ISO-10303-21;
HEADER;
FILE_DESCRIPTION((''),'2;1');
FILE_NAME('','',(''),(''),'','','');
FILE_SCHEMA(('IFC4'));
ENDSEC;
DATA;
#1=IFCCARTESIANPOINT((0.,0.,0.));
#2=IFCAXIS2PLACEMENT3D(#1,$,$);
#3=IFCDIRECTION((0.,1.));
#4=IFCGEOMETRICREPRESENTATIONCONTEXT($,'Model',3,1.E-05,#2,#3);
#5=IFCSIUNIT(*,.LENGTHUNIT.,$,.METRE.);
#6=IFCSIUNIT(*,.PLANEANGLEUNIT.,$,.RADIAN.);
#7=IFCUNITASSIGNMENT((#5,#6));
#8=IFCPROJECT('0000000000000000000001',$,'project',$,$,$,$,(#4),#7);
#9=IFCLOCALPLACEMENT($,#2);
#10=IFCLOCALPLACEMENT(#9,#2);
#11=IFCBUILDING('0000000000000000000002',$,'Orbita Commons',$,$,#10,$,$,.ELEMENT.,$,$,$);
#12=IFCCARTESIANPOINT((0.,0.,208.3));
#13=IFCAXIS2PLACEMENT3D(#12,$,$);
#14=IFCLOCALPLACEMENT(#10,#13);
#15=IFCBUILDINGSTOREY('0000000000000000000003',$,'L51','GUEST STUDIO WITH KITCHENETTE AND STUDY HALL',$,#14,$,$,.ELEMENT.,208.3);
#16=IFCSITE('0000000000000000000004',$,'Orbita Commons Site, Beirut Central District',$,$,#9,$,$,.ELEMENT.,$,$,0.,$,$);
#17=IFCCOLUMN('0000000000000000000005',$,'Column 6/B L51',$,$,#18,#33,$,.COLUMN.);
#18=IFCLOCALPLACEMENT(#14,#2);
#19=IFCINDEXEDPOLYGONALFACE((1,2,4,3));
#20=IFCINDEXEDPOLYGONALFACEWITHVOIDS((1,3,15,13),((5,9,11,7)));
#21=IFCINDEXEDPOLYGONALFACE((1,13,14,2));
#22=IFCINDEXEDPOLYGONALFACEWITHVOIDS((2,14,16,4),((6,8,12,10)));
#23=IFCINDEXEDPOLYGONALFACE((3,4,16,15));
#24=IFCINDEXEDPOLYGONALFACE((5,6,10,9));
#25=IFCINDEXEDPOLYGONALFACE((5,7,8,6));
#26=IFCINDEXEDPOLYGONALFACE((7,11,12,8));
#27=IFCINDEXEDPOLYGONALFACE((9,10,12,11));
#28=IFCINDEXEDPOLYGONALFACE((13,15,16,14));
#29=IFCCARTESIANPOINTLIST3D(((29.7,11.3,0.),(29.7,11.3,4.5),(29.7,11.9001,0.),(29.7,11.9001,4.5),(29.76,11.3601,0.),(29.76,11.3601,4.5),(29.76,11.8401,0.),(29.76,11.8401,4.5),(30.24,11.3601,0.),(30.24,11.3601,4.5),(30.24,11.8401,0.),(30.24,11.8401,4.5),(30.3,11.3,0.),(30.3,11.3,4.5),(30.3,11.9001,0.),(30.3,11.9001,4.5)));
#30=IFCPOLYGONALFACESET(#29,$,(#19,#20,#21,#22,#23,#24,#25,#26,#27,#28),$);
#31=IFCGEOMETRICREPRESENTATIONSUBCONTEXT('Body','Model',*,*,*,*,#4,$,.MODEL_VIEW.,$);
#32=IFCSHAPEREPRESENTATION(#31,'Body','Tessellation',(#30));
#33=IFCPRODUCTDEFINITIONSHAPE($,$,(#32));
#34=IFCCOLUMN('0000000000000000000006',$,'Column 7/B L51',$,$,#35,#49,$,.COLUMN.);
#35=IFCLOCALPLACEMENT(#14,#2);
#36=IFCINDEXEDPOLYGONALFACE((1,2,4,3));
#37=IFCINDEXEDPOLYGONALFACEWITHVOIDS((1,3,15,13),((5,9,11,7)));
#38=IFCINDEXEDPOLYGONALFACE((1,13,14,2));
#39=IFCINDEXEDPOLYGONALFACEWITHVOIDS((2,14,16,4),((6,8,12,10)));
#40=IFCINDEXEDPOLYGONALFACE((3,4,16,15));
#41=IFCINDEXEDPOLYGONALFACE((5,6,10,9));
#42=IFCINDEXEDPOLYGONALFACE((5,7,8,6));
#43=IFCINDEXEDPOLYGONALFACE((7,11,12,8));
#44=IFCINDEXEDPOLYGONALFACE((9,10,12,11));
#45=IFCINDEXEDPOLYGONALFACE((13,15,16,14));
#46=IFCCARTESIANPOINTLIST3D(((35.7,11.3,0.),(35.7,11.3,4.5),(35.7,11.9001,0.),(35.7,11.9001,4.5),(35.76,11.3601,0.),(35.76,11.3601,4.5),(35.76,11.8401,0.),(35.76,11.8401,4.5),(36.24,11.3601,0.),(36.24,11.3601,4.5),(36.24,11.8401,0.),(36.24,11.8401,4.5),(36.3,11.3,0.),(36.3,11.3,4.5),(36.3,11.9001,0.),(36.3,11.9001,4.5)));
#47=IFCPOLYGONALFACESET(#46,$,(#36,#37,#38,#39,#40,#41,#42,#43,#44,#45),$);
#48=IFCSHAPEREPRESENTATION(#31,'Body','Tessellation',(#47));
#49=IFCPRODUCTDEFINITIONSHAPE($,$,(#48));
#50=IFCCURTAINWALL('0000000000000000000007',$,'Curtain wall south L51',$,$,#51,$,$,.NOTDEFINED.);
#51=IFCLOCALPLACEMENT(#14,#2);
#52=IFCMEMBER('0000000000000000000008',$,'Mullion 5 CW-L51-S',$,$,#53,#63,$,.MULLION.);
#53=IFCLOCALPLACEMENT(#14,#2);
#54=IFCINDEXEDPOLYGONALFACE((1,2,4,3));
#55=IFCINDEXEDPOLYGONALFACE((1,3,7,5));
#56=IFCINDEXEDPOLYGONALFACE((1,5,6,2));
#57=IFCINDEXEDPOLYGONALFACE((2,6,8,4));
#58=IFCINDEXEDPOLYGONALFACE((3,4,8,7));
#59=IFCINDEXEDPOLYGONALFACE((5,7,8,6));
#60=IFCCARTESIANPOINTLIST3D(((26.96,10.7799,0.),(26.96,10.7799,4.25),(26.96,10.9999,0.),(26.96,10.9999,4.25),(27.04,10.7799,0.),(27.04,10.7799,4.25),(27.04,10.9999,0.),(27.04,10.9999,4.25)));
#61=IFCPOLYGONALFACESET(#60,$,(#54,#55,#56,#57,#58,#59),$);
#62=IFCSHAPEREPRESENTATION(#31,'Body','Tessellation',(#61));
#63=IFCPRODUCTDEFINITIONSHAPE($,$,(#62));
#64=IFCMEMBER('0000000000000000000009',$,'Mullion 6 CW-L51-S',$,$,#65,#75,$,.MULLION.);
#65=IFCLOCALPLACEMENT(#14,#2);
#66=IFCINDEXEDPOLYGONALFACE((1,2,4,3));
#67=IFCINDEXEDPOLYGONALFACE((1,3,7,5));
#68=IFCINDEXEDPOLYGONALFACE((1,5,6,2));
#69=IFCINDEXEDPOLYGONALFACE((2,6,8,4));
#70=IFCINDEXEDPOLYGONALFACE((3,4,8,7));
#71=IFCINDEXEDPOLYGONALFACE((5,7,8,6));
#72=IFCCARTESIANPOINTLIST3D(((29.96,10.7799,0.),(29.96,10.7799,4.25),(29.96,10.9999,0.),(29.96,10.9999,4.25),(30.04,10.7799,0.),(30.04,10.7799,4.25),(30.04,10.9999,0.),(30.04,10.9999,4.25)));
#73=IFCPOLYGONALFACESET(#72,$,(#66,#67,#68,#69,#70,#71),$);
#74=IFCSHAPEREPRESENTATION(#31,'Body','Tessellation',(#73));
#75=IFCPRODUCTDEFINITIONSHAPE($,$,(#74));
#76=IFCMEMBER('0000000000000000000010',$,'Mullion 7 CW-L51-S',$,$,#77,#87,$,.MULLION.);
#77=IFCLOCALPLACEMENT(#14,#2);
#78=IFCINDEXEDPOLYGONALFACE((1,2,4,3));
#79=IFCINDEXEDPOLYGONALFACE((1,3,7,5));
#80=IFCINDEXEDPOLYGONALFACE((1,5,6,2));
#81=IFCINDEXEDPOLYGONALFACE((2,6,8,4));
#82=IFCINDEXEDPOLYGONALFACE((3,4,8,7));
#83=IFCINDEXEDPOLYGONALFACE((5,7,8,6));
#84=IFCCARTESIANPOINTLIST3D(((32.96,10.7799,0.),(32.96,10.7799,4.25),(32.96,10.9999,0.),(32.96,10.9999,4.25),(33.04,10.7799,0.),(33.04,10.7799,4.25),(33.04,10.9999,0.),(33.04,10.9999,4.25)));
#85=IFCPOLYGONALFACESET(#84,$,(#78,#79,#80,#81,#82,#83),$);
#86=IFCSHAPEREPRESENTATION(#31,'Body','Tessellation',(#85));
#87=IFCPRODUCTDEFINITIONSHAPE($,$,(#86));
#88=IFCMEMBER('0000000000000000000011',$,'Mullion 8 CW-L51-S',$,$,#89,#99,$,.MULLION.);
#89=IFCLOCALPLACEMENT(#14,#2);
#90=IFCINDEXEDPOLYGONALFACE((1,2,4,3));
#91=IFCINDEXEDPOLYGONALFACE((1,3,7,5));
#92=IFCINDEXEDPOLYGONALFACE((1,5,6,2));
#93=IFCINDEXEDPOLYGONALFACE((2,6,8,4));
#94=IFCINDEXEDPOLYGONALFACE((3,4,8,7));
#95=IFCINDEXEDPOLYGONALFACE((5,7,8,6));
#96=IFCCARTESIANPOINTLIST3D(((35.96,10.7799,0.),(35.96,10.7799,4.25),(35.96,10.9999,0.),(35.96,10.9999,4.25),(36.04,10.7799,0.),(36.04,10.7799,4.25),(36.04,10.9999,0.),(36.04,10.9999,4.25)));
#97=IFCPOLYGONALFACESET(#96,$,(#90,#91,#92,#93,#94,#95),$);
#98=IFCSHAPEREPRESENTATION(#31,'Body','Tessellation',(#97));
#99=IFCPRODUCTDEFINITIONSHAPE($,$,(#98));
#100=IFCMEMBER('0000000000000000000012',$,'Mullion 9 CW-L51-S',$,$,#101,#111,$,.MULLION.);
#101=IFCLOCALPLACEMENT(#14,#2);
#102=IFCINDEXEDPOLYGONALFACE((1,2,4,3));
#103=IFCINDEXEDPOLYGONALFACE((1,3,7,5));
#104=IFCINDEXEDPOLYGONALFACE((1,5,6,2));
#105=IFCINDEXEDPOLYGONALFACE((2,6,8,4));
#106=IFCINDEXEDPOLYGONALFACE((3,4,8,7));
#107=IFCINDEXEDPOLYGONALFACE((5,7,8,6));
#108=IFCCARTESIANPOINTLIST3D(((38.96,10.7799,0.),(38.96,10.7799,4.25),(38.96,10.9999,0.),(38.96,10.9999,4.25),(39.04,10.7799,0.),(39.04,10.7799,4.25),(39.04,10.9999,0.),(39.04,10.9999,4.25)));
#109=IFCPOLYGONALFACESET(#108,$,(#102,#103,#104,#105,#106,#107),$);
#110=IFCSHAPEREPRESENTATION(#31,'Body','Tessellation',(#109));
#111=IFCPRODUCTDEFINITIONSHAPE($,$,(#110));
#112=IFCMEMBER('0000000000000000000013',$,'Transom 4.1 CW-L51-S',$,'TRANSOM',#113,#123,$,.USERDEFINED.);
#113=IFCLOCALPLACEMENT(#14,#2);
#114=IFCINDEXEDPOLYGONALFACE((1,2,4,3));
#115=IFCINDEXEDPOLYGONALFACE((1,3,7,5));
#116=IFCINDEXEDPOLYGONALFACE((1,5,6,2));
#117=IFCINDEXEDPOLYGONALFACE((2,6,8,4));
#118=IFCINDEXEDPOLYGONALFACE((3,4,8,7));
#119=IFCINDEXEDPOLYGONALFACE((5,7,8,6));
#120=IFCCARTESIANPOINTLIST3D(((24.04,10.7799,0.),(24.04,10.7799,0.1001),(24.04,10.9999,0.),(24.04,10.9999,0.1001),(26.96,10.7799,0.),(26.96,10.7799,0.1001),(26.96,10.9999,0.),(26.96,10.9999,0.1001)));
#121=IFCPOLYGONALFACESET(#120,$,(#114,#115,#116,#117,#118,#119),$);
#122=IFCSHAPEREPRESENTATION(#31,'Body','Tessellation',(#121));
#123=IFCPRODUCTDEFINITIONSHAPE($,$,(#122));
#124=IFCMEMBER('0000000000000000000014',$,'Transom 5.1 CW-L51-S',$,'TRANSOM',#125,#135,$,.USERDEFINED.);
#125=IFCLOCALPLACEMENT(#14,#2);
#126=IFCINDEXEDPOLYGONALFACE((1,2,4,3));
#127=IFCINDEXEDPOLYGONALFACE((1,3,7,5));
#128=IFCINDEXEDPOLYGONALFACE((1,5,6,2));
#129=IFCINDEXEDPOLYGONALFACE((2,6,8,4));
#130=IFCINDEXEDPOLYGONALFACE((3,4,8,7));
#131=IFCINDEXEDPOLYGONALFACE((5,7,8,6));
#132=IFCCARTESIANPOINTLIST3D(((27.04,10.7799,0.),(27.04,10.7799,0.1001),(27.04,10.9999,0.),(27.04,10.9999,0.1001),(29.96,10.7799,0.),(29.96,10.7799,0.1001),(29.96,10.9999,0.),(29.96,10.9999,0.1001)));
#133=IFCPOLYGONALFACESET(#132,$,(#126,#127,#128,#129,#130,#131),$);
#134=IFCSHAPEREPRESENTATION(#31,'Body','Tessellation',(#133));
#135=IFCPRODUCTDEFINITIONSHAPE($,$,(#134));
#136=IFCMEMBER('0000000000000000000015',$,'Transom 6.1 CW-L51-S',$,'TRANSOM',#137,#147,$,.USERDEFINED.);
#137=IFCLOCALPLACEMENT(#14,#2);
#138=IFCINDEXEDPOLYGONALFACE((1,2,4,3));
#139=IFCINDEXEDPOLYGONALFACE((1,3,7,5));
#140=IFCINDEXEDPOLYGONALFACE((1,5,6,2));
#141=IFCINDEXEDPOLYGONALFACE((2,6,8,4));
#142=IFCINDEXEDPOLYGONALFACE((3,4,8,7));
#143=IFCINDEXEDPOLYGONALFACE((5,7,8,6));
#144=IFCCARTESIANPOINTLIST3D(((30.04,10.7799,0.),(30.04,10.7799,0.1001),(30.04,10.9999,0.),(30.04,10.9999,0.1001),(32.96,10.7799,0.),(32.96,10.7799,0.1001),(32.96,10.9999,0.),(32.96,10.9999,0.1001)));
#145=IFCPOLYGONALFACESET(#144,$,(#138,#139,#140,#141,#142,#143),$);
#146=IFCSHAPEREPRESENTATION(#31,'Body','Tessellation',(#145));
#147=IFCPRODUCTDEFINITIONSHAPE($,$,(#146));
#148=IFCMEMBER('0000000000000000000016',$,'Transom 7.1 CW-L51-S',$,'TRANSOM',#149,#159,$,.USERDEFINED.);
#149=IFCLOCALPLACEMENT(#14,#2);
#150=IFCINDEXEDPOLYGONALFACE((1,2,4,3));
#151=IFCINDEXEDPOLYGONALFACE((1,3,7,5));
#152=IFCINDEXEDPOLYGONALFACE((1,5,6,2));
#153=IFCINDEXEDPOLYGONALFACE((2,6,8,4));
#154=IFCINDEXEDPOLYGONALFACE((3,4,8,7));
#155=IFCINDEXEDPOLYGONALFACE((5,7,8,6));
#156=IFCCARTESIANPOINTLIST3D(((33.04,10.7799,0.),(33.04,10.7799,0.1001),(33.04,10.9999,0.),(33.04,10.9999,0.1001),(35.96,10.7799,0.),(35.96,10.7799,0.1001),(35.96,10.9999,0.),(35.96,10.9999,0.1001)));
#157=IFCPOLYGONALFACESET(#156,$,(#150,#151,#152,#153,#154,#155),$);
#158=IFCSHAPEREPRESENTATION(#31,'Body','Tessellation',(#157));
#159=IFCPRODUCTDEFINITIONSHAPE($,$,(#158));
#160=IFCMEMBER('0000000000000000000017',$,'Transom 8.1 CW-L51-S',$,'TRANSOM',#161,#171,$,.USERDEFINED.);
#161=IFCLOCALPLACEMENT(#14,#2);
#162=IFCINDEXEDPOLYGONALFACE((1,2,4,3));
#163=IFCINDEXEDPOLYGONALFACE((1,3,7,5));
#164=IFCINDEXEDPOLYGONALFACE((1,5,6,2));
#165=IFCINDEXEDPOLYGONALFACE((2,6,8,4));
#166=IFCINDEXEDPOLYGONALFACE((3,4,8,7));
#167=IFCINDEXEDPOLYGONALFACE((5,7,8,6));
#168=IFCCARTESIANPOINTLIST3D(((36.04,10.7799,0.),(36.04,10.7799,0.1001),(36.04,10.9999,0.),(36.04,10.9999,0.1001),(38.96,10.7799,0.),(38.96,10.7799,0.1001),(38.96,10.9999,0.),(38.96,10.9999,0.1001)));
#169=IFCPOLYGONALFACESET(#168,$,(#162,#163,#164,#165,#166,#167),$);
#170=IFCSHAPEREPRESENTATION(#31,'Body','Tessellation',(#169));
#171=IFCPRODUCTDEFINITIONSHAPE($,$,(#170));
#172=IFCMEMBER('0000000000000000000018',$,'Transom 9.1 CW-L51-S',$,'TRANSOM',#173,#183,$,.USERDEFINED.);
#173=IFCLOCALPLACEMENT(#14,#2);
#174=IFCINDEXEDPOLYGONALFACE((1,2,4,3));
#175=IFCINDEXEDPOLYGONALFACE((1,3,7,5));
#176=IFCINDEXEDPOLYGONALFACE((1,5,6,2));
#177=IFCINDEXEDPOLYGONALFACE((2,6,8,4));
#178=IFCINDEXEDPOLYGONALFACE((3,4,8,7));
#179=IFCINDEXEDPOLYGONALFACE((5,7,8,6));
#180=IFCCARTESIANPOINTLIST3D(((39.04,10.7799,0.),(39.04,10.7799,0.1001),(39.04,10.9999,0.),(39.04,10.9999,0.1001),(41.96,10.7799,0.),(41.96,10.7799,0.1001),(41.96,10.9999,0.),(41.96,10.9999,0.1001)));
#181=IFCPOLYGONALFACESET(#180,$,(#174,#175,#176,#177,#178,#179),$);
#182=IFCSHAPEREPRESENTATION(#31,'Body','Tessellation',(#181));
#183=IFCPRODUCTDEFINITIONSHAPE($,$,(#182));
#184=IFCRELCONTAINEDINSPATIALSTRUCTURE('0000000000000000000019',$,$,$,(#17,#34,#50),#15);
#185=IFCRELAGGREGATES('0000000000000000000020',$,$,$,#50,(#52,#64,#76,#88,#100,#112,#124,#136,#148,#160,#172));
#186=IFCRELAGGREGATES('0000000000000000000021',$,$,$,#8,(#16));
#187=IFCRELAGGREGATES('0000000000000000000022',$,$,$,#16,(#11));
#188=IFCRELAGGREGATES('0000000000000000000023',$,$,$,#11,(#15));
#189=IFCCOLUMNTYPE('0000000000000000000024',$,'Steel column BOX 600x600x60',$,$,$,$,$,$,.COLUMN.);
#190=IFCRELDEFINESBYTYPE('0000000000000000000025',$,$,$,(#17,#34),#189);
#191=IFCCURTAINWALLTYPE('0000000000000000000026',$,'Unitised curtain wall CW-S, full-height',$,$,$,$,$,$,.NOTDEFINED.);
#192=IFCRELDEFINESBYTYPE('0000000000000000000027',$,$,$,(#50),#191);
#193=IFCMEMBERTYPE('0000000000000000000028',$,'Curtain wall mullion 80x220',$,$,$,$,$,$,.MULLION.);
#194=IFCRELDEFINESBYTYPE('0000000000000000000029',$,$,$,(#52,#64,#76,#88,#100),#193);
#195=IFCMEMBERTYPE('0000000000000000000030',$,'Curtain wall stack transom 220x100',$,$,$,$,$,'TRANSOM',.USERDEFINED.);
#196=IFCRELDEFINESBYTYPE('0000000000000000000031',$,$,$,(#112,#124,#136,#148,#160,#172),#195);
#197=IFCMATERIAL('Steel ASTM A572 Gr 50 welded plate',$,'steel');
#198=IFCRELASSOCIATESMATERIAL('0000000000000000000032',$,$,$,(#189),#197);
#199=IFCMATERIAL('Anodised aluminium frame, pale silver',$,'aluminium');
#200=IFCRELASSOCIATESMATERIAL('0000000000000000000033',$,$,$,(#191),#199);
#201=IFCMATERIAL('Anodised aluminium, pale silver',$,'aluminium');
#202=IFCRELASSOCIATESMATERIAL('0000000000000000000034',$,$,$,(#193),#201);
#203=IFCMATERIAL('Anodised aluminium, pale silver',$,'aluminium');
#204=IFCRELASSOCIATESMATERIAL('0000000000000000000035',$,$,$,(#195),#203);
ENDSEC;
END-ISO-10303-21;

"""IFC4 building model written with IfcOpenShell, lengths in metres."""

from ifc_helpers import new_model, si_unit, direction, frame, origin, origin_2d, place, context, subcontext, project, spatial, rectangle, hollow_rectangle, extrude, material, material_profile, profile_set, type_object, element, aggregate, save


model = new_model("IFC4")

# Units and contexts
model_context = context("Model", 3, precision=1e-05, world=origin(), true_north=direction((0.0, 1.0)))
body_context = subcontext(model_context, "Body", "Model", "MODEL_VIEW")
ifc_project = project(units=[si_unit("LENGTHUNIT", "METRE"), si_unit("PLANEANGLEUNIT", "RADIAN")], contexts=[model_context])

# Site, building, storey
site_placement = place(None, origin())
site = spatial("IfcSite", under=ifc_project, at=site_placement, Name="Orbita Commons Site, Beirut Central District", CompositionType="ELEMENT", RefElevation=0.0)
building_placement = place(site_placement, origin())
building = spatial("IfcBuilding", under=site, at=building_placement, Name="Orbita Commons", CompositionType="ELEMENT")
storey_placement = place(building_placement, frame((0.0, 0.0, 208.3)))
storey = spatial("IfcBuildingStorey", under=building, at=storey_placement, Name="L51", Description="GUEST STUDIO WITH KITCHENETTE AND STUDY HALL", CompositionType="ELEMENT", Elevation=208.3)

# Columns
ifc_material_1 = material(Name="Steel ASTM A572 Gr 50 welded plate", Category="steel")
ifc_material_profile_1 = material_profile(ifc_material_1, hollow_rectangle(XDim=0.6001, YDim=0.6001, WallThickness=0.0601, at=origin_2d()), Name="BOX 600x600x60")
ifc_profile_set_1 = profile_set([ifc_material_profile_1], Name="Steel ASTM A572 Gr 50 welded plate")
column_type = type_object("IfcColumnType", Name="Steel column BOX 600x600x60", PredefinedType="COLUMN", material=ifc_profile_set_1)
for number, where, z_axis, x_axis, name in (
    (1, (30.0, 11.6001, 0.0), (0.0, 0.0, 1.0), (1.0, 0.0, 0.0), "Column 6/B L51"),
    (2, (36.0, 11.6001, 0.0), (0.0, 0.0, 1.0), (1.0, 0.0, 0.0), "Column 7/B L51"),
):
    element("IfcColumn", number, at=place(storey_placement, frame(where, z_axis=z_axis, x_axis=x_axis)), inside=storey, type_object=column_type, Name=name, PredefinedType="COLUMN", context=body_context, shape_type="SweptSolid", body=[
        extrude(hollow_rectangle(XDim=0.6001, YDim=0.6001, WallThickness=0.0601, at=origin_2d()), origin(), (0.0, 0.0, 1.0), 4.5),
    ])

# Curtain wall, members
ifc_material_2 = material(Name="Anodised aluminium frame, pale silver", Category="aluminium")
curtain_wall_type = type_object("IfcCurtainWallType", Name="Unitised curtain wall CW-S, full-height", PredefinedType="NOTDEFINED", material=ifc_material_2)
curtain_wall_placement = place(storey_placement, origin())
curtain_wall = element("IfcCurtainWall", 3, at=curtain_wall_placement, inside=storey, type_object=curtain_wall_type, Name="Curtain wall south L51", PredefinedType="NOTDEFINED")
ifc_material_3 = material(Name="Anodised aluminium, pale silver", Category="aluminium")
ifc_material_profile_2 = material_profile(ifc_material_3, rectangle(XDim=0.0801, YDim=0.22, at=origin_2d()), Name="AL 80x220")
ifc_profile_set_2 = profile_set([ifc_material_profile_2], Name="Anodised aluminium, pale silver")
member_type_1 = type_object("IfcMemberType", Name="Curtain wall mullion 80x220", PredefinedType="MULLION", material=ifc_profile_set_2)
member_1_placement = place(storey_placement, frame((27.0, 10.8899, 0.0), z_axis=(0.0, 0.0, 1.0), x_axis=(1.0, 0.0, 0.0)))
member_1 = element("IfcMember", 4, at=member_1_placement, type_object=member_type_1, Name="Mullion 5 CW-L51-S", PredefinedType="MULLION", context=body_context, shape_type="SweptSolid", body=[
    extrude(rectangle(XDim=0.0801, YDim=0.22, at=origin_2d()), origin(), (0.0, 0.0, 1.0), 4.25),
])
member_2_placement = place(storey_placement, frame((30.0, 10.8899, 0.0), z_axis=(0.0, 0.0, 1.0), x_axis=(1.0, 0.0, 0.0)))
member_2 = element("IfcMember", 5, at=member_2_placement, type_object=member_type_1, Name="Mullion 6 CW-L51-S", PredefinedType="MULLION", context=body_context, shape_type="SweptSolid", body=[
    extrude(rectangle(XDim=0.0801, YDim=0.22, at=origin_2d()), origin(), (0.0, 0.0, 1.0), 4.25),
])
member_3_placement = place(storey_placement, frame((33.0, 10.8899, 0.0), z_axis=(0.0, 0.0, 1.0), x_axis=(1.0, 0.0, 0.0)))
member_3 = element("IfcMember", 6, at=member_3_placement, type_object=member_type_1, Name="Mullion 7 CW-L51-S", PredefinedType="MULLION", context=body_context, shape_type="SweptSolid", body=[
    extrude(rectangle(XDim=0.0801, YDim=0.22, at=origin_2d()), origin(), (0.0, 0.0, 1.0), 4.25),
])
member_4_placement = place(storey_placement, frame((36.0, 10.8899, 0.0), z_axis=(0.0, 0.0, 1.0), x_axis=(1.0, 0.0, 0.0)))
member_4 = element("IfcMember", 7, at=member_4_placement, type_object=member_type_1, Name="Mullion 8 CW-L51-S", PredefinedType="MULLION", context=body_context, shape_type="SweptSolid", body=[
    extrude(rectangle(XDim=0.0801, YDim=0.22, at=origin_2d()), origin(), (0.0, 0.0, 1.0), 4.25),
])
member_5_placement = place(storey_placement, frame((39.0, 10.8899, 0.0), z_axis=(0.0, 0.0, 1.0), x_axis=(1.0, 0.0, 0.0)))
member_5 = element("IfcMember", 8, at=member_5_placement, type_object=member_type_1, Name="Mullion 9 CW-L51-S", PredefinedType="MULLION", context=body_context, shape_type="SweptSolid", body=[
    extrude(rectangle(XDim=0.0801, YDim=0.22, at=origin_2d()), origin(), (0.0, 0.0, 1.0), 4.25),
])
ifc_material_4 = material(Name="Anodised aluminium, pale silver", Category="aluminium")
ifc_material_profile_3 = material_profile(ifc_material_4, rectangle(XDim=0.22, YDim=0.1001, at=origin_2d()), Name="AL 220x100")
ifc_profile_set_3 = profile_set([ifc_material_profile_3], Name="Anodised aluminium, pale silver")
member_type_2 = type_object("IfcMemberType", Name="Curtain wall stack transom 220x100", ElementType="TRANSOM", PredefinedType="USERDEFINED", material=ifc_profile_set_3)
member_6_placement = place(storey_placement, frame((24.04, 10.8899, 0.05), z_axis=(1.0, 0.0, 0.0), x_axis=(0.0, 1.0, 0.0)))
member_6 = element("IfcMember", 9, at=member_6_placement, type_object=member_type_2, Name="Transom 4.1 CW-L51-S", ObjectType="TRANSOM", PredefinedType="USERDEFINED", context=body_context, shape_type="SweptSolid", body=[
    extrude(rectangle(XDim=0.22, YDim=0.1001, at=origin_2d()), origin(), (0.0, 0.0, 1.0), 2.9199),
])
member_7_placement = place(storey_placement, frame((27.04, 10.8899, 0.05), z_axis=(1.0, 0.0, 0.0), x_axis=(0.0, 1.0, 0.0)))
member_7 = element("IfcMember", 10, at=member_7_placement, type_object=member_type_2, Name="Transom 5.1 CW-L51-S", ObjectType="TRANSOM", PredefinedType="USERDEFINED", context=body_context, shape_type="SweptSolid", body=[
    extrude(rectangle(XDim=0.22, YDim=0.1001, at=origin_2d()), origin(), (0.0, 0.0, 1.0), 2.9199),
])
member_8_placement = place(storey_placement, frame((30.04, 10.8899, 0.05), z_axis=(1.0, 0.0, 0.0), x_axis=(0.0, 1.0, 0.0)))
member_8 = element("IfcMember", 11, at=member_8_placement, type_object=member_type_2, Name="Transom 6.1 CW-L51-S", ObjectType="TRANSOM", PredefinedType="USERDEFINED", context=body_context, shape_type="SweptSolid", body=[
    extrude(rectangle(XDim=0.22, YDim=0.1001, at=origin_2d()), origin(), (0.0, 0.0, 1.0), 2.9199),
])
member_9_placement = place(storey_placement, frame((33.04, 10.8899, 0.05), z_axis=(1.0, 0.0, 0.0), x_axis=(0.0, 1.0, 0.0)))
member_9 = element("IfcMember", 12, at=member_9_placement, type_object=member_type_2, Name="Transom 7.1 CW-L51-S", ObjectType="TRANSOM", PredefinedType="USERDEFINED", context=body_context, shape_type="SweptSolid", body=[
    extrude(rectangle(XDim=0.22, YDim=0.1001, at=origin_2d()), origin(), (0.0, 0.0, 1.0), 2.9199),
])
member_10_placement = place(storey_placement, frame((36.04, 10.8899, 0.05), z_axis=(1.0, 0.0, 0.0), x_axis=(0.0, 1.0, 0.0)))
member_10 = element("IfcMember", 13, at=member_10_placement, type_object=member_type_2, Name="Transom 8.1 CW-L51-S", ObjectType="TRANSOM", PredefinedType="USERDEFINED", context=body_context, shape_type="SweptSolid", body=[
    extrude(rectangle(XDim=0.22, YDim=0.1001, at=origin_2d()), origin(), (0.0, 0.0, 1.0), 2.9199),
])
member_11_placement = place(storey_placement, frame((39.04, 10.8899, 0.05), z_axis=(1.0, 0.0, 0.0), x_axis=(0.0, 1.0, 0.0)))
member_11 = element("IfcMember", 14, at=member_11_placement, type_object=member_type_2, Name="Transom 9.1 CW-L51-S", ObjectType="TRANSOM", PredefinedType="USERDEFINED", context=body_context, shape_type="SweptSolid", body=[
    extrude(rectangle(XDim=0.22, YDim=0.1001, at=origin_2d()), origin(), (0.0, 0.0, 1.0), 2.9199),
])

aggregate(curtain_wall, [member_1, member_2, member_3, member_4, member_5, member_6, member_7, member_8, member_9, member_10, member_11])

save(model, "model.ifc")
